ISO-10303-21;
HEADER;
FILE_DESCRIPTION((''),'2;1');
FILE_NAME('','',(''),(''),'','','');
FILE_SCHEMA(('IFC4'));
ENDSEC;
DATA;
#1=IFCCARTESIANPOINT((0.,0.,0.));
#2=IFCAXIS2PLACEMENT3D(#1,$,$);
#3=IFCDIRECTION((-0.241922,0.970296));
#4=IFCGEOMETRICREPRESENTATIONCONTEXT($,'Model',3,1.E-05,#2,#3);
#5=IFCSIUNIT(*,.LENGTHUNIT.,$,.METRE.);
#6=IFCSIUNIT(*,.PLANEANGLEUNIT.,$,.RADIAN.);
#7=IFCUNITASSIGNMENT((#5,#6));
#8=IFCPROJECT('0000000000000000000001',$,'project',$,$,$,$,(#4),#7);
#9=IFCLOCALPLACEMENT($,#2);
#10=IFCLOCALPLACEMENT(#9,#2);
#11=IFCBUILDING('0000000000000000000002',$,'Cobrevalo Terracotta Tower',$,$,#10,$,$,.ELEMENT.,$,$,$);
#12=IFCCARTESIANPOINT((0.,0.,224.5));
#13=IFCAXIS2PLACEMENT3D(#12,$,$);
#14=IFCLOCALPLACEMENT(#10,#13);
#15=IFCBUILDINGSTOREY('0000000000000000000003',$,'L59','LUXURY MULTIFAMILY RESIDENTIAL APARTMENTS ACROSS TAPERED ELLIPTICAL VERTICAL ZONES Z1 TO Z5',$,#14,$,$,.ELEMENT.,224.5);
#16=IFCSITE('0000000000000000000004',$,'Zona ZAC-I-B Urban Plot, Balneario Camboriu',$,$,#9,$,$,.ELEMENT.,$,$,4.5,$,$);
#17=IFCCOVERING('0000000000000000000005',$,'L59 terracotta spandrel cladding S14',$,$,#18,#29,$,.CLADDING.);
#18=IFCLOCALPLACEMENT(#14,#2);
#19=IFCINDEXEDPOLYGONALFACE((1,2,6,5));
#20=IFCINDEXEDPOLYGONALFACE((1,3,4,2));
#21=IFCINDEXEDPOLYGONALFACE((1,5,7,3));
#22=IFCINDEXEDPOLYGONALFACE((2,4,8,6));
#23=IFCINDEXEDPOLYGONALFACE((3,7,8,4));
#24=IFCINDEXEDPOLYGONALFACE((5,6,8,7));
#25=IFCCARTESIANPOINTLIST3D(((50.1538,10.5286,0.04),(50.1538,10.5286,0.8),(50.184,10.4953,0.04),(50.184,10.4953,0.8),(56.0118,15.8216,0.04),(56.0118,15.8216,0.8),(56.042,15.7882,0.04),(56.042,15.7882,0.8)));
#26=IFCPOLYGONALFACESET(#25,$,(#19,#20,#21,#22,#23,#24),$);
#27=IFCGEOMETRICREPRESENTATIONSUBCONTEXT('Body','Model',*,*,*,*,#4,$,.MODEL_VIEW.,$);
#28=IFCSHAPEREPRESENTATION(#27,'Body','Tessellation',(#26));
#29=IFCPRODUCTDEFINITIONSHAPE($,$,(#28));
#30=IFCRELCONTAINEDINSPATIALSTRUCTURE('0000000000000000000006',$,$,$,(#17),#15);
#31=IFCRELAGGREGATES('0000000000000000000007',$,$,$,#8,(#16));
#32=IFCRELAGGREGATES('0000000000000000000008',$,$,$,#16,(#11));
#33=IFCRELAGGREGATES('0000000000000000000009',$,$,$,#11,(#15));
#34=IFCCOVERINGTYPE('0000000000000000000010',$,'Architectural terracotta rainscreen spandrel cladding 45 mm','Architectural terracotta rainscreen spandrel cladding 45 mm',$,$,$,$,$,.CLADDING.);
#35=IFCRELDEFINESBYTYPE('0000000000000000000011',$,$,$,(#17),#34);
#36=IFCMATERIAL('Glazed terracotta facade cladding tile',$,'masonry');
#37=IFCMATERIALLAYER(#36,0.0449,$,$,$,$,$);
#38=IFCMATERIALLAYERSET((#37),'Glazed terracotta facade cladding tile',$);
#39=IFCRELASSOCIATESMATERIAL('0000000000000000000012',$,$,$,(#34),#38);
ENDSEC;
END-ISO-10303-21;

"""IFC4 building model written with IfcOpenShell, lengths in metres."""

from ifc_helpers import new_model, si_unit, direction, frame, origin, origin_2d, place, context, subcontext, project, spatial, rectangle, extrude, source, transform, mapped, material, layer, layer_set, type_object, element, save


model = new_model("IFC4")

# Units and contexts
model_context = context("Model", 3, precision=1e-05, world=origin(), true_north=direction((-0.241922, 0.970296)))
body_context = subcontext(model_context, "Body", "Model", "MODEL_VIEW")
ifc_project = project(units=[si_unit("LENGTHUNIT", "METRE"), si_unit("PLANEANGLEUNIT", "RADIAN")], contexts=[model_context])

# Site, building, storey
site_placement = place(None, origin())
site = spatial("IfcSite", under=ifc_project, at=site_placement, Name="Zona ZAC-I-B Urban Plot, Balneario Camboriu", CompositionType="ELEMENT", RefElevation=4.5)
building_placement = place(site_placement, origin())
building = spatial("IfcBuilding", under=site, at=building_placement, Name="Cobrevalo Terracotta Tower", CompositionType="ELEMENT")
storey_placement = place(building_placement, frame((0.0, 0.0, 224.5)))
storey = spatial("IfcBuildingStorey", under=building, at=storey_placement, Name="L59", Description="LUXURY MULTIFAMILY RESIDENTIAL APARTMENTS ACROSS TAPERED ELLIPTICAL VERTICAL ZONES Z1 TO Z5", CompositionType="ELEMENT", Elevation=224.5)

# Covering
ifc_material_1 = material(Name="Glazed terracotta facade cladding tile", Category="masonry")
ifc_layer_1 = layer(ifc_material_1, 0.0449)
ifc_layer_set_1 = layer_set([ifc_layer_1], Name="Glazed terracotta facade cladding tile")
covering_type = type_object("IfcCoveringType", Name="Architectural terracotta rainscreen spandrel cladding 45 mm", Description="Architectural terracotta rainscreen spandrel cladding 45 mm", PredefinedType="CLADDING", material=ifc_layer_set_1)
shared_shape_1 = source(origin(), body_context, "Body", "SweptSolid", [
    extrude(rectangle(XDim=7.895, YDim=0.0449, at=origin_2d()), origin(), (0.0, 0.0, 1.0), 0.76),
])
covering_placement = place(storey_placement, frame((53.0979, 13.1584, 0.04), z_axis=(0.0, 0.0, 1.0), x_axis=(0.741988, 0.670414, 0.0)))
element("IfcCovering", 1, at=covering_placement, inside=storey, type_object=covering_type, Name="L59 terracotta spandrel cladding S14", PredefinedType="CLADDING", context=body_context, shape_type="MappedRepresentation", body=[
    mapped(shared_shape_1, transform((0.0, 0.0, 0.0), scale=1.0)),
])

save(model, "model.ifc")
